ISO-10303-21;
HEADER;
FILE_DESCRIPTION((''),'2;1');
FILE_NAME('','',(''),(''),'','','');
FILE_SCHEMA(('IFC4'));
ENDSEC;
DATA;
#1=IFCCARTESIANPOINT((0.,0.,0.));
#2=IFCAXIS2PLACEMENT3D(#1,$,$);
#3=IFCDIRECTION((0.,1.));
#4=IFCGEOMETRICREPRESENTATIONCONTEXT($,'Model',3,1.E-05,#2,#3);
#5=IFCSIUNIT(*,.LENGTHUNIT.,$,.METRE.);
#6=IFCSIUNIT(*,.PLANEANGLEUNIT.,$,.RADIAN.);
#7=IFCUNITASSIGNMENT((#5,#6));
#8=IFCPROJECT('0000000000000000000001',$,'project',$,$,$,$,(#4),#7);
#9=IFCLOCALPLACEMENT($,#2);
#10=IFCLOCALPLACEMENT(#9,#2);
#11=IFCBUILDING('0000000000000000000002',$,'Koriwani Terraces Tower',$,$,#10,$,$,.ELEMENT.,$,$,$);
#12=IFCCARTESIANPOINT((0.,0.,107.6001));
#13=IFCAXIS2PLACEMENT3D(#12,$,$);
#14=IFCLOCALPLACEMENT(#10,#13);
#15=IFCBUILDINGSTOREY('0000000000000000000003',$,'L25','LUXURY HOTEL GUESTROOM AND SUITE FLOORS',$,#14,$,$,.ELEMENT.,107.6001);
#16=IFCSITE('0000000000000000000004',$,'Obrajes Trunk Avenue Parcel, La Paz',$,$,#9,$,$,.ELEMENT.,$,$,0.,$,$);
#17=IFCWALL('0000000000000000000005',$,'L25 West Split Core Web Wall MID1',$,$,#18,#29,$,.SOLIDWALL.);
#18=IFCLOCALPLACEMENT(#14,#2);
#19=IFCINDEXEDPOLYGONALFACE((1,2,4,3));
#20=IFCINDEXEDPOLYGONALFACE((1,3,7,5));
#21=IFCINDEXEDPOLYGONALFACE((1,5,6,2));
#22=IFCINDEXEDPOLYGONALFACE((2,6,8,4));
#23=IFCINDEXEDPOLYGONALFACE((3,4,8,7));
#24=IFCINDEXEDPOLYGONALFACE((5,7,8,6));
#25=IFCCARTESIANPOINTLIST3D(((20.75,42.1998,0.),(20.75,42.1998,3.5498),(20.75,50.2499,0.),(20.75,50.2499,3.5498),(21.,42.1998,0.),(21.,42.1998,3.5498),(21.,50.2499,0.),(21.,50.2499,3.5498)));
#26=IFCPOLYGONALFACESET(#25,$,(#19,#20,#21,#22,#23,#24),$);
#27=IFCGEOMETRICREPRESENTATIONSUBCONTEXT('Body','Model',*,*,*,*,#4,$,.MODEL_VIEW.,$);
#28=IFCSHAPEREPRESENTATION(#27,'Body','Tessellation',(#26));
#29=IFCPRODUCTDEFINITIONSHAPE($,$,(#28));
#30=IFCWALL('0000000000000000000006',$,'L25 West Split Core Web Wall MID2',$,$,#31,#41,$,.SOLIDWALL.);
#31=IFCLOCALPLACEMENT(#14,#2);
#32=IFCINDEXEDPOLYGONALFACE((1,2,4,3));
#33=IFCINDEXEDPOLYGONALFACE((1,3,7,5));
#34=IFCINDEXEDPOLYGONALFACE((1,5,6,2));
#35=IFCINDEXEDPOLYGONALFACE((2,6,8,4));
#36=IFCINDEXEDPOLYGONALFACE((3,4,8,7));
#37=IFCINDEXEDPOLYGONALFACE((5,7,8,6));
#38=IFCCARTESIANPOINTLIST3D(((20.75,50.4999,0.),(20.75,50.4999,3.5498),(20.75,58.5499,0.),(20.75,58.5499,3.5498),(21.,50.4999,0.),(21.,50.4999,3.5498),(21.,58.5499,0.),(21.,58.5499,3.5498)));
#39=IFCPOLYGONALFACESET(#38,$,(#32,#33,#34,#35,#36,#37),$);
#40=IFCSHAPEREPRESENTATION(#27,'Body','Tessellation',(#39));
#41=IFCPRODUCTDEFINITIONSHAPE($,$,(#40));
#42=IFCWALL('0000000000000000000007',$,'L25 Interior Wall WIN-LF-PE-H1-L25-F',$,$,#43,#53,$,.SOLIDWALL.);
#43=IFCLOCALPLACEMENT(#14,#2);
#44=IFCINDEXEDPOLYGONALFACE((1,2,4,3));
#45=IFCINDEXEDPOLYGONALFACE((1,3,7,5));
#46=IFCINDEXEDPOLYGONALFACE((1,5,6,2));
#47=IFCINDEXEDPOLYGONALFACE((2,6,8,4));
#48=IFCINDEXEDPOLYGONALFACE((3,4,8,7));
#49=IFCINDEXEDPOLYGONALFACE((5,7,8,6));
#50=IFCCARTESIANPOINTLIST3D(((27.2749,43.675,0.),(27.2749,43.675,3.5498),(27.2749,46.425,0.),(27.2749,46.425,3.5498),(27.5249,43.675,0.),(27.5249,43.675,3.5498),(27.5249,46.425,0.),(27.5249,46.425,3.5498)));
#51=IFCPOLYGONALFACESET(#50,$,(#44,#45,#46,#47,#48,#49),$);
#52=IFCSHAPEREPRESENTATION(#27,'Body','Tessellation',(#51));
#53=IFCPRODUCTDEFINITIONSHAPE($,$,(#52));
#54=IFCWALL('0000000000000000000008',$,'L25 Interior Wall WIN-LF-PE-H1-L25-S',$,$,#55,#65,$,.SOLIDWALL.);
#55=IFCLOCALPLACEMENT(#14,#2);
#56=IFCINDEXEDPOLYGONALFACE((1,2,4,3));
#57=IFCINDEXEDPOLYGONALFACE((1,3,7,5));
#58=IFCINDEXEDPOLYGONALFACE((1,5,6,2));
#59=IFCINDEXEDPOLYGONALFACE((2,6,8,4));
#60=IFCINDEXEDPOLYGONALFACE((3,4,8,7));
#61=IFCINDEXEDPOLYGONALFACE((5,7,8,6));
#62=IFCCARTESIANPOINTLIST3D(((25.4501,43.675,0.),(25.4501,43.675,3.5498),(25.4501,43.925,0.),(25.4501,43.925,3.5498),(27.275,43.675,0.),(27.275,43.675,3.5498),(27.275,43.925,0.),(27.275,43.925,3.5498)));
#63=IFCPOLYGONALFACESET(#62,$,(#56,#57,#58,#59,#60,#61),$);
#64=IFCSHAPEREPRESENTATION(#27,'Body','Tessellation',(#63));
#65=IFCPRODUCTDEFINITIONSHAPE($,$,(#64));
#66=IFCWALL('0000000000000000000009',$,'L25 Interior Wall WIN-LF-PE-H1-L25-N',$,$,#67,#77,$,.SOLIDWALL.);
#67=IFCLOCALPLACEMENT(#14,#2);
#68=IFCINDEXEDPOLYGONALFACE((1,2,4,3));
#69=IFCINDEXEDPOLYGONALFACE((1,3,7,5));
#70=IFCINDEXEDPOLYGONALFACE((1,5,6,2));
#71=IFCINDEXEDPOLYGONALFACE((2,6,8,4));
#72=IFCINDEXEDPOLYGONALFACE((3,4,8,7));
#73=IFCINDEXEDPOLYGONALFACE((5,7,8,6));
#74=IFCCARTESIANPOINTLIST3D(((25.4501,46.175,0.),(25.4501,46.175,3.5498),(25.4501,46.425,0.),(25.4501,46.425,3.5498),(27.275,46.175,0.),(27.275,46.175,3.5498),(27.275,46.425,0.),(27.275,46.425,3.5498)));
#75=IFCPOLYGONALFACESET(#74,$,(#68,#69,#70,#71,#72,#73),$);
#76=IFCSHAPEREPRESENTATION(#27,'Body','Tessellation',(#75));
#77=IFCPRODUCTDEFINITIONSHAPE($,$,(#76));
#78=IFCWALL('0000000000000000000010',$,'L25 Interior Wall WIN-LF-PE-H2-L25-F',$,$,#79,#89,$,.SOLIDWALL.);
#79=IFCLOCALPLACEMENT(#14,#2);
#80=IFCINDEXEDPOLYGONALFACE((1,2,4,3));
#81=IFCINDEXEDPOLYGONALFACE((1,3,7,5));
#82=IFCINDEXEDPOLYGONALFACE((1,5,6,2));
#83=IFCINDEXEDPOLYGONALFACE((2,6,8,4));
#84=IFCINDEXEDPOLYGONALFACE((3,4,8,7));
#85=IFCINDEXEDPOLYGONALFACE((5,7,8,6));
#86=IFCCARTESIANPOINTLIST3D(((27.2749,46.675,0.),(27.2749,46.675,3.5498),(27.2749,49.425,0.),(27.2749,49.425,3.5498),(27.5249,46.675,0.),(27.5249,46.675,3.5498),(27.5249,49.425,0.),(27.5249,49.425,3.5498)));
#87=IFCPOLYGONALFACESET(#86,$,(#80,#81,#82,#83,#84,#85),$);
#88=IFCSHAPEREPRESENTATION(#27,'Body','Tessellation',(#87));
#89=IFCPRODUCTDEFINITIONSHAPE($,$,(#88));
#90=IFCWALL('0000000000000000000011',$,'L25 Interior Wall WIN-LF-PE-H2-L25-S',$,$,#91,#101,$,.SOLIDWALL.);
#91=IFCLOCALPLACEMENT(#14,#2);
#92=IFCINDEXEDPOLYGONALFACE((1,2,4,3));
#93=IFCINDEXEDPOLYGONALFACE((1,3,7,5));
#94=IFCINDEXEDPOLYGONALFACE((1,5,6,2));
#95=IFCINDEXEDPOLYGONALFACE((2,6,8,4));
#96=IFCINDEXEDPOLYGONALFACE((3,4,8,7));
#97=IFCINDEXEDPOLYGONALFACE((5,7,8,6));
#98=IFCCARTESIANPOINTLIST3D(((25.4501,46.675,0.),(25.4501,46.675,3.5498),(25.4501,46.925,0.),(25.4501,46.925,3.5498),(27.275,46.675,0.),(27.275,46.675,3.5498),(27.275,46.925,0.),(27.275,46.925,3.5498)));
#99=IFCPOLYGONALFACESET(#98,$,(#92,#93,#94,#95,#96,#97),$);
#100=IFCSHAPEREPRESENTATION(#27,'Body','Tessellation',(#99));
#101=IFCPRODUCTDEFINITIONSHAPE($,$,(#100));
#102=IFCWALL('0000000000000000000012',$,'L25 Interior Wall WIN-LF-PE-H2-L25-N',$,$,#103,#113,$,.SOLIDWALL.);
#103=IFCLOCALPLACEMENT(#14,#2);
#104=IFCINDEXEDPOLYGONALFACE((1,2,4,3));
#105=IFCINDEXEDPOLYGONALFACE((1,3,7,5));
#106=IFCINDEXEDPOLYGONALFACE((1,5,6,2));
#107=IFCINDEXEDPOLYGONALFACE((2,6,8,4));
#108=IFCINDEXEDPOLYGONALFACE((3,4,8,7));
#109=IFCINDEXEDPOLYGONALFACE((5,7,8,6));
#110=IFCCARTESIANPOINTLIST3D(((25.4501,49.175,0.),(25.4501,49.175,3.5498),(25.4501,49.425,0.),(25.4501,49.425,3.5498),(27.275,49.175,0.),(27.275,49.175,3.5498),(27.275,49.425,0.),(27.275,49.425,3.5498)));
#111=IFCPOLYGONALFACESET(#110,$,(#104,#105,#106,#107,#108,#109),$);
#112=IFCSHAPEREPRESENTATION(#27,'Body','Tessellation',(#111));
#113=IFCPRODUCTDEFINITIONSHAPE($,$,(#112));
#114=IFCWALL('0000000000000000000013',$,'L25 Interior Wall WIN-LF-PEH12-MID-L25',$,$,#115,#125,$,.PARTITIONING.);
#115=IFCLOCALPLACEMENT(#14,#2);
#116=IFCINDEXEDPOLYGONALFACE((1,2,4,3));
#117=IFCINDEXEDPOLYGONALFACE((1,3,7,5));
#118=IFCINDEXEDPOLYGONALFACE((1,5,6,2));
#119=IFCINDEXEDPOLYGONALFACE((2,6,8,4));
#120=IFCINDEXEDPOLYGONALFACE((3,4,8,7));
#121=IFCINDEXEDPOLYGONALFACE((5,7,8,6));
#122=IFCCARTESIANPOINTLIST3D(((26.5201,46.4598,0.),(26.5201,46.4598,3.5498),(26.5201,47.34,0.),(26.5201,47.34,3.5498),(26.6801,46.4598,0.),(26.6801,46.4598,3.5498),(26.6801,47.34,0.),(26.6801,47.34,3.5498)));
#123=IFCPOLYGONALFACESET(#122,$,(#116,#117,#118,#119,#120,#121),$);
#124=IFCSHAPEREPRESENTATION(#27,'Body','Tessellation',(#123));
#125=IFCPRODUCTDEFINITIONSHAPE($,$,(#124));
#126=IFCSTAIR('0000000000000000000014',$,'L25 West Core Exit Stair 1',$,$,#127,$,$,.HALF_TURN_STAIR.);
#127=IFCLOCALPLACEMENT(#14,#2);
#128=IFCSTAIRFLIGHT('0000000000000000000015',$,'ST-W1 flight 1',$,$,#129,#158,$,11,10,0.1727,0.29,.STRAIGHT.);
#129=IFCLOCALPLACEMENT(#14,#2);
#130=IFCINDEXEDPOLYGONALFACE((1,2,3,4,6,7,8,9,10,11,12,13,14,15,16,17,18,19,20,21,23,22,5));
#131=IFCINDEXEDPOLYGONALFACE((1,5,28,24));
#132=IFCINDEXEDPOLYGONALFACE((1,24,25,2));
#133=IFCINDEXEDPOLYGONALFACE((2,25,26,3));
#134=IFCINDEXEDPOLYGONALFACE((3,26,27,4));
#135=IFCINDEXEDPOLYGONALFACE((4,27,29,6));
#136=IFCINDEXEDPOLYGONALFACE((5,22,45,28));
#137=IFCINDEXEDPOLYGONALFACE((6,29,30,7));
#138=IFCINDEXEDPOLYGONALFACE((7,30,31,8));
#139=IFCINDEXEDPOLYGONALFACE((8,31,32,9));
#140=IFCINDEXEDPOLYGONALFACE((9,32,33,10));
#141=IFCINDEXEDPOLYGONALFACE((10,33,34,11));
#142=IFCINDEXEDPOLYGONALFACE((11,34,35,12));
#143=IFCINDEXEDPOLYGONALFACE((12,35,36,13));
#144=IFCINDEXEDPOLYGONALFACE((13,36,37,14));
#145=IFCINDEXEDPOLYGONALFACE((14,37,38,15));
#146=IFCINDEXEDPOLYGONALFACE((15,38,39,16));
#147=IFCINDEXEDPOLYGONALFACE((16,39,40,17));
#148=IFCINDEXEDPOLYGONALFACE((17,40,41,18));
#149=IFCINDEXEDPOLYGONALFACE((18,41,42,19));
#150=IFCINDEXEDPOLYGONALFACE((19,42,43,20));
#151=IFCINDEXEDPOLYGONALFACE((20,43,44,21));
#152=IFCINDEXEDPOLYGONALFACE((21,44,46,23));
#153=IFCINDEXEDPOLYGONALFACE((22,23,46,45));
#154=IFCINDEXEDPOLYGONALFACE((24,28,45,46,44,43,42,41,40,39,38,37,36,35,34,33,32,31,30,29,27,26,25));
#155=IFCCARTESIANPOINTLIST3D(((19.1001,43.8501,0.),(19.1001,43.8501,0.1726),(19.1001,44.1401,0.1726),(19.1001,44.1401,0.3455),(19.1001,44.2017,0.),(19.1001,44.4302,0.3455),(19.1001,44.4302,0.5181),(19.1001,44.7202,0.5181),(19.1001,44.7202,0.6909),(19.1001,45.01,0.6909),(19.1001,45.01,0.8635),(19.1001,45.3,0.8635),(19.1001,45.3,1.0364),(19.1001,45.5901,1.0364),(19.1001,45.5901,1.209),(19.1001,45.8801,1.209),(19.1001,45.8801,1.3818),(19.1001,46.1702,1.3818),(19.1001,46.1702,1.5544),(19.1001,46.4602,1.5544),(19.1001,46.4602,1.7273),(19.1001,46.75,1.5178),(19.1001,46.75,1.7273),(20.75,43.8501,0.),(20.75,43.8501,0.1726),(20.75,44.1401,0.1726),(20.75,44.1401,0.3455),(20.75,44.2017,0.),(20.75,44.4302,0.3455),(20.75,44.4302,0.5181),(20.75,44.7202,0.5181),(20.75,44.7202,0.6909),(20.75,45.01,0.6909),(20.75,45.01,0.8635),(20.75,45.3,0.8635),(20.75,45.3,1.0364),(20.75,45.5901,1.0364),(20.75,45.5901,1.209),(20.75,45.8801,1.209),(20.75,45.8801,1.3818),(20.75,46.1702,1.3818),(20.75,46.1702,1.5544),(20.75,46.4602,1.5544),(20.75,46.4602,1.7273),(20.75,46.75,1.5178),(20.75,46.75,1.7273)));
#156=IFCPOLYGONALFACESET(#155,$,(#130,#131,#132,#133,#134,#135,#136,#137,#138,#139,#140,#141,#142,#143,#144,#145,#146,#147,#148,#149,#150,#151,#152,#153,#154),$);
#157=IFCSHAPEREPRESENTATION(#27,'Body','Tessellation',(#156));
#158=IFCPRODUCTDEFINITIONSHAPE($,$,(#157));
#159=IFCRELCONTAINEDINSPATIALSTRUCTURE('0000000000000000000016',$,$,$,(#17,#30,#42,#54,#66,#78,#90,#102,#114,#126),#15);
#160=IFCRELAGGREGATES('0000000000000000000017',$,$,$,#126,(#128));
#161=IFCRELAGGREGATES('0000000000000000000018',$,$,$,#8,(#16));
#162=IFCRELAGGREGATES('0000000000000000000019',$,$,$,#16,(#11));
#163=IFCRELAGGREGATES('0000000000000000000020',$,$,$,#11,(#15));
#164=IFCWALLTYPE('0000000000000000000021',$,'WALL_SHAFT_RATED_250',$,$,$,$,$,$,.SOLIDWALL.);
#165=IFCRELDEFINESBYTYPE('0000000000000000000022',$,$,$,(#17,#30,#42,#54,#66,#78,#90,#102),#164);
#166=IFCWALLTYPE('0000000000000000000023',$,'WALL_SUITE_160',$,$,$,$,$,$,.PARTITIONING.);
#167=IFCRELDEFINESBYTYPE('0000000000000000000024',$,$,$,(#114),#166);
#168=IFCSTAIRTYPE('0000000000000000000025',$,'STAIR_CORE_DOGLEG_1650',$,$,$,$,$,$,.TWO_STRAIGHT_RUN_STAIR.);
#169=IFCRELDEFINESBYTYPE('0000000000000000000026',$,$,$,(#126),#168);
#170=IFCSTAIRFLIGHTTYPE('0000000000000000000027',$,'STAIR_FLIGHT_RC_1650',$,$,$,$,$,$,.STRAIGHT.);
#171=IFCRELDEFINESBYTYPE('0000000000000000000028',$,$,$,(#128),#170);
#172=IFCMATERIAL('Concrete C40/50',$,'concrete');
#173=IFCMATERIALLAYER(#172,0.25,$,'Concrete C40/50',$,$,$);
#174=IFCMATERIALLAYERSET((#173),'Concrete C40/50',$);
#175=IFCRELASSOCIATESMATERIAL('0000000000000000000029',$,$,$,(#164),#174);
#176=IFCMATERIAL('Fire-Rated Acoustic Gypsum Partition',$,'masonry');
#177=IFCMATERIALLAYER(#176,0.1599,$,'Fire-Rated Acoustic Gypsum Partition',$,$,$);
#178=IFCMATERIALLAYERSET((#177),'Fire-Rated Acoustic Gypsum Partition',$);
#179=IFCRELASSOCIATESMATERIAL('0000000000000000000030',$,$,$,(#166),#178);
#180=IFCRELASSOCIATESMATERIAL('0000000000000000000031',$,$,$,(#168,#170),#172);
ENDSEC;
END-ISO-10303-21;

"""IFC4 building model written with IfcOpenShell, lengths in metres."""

from ifc_helpers import new_model, si_unit, direction, frame, frame_2d, origin, place, context, subcontext, project, spatial, polyline, rectangle, outline, extrude, material, layer, layer_set, type_object, element, aggregate, save


model = new_model("IFC4")

# Units and contexts
model_context = context("Model", 3, precision=1e-05, world=origin(), true_north=direction((0.0, 1.0)))
body_context = subcontext(model_context, "Body", "Model", "MODEL_VIEW")
ifc_project = project(units=[si_unit("LENGTHUNIT", "METRE"), si_unit("PLANEANGLEUNIT", "RADIAN")], contexts=[model_context])

# Site, building, storey
site_placement = place(None, origin())
site = spatial("IfcSite", under=ifc_project, at=site_placement, Name="Obrajes Trunk Avenue Parcel, La Paz", CompositionType="ELEMENT", RefElevation=0.0)
building_placement = place(site_placement, origin())
building = spatial("IfcBuilding", under=site, at=building_placement, Name="Koriwani Terraces Tower", CompositionType="ELEMENT")
storey_placement = place(building_placement, frame((0.0, 0.0, 107.6001)))
storey = spatial("IfcBuildingStorey", under=building, at=storey_placement, Name="L25", Description="LUXURY HOTEL GUESTROOM AND SUITE FLOORS", CompositionType="ELEMENT", Elevation=107.6001)

# Walls
ifc_material_1 = material(Name="Concrete C40/50", Category="concrete")
ifc_layer_1 = layer(ifc_material_1, 0.25, Name="Concrete C40/50")
ifc_layer_set_1 = layer_set([ifc_layer_1], Name="Concrete C40/50")
wall_type_1 = type_object("IfcWallType", Name="WALL_SHAFT_RATED_250", PredefinedType="SOLIDWALL", material=ifc_layer_set_1)
for number, where, z_axis, x_axis, name in (
    (1, (20.875, 42.2, 0.0), (0.0, 0.0, 1.0), (0.0, 1.0, 0.0), "L25 West Split Core Web Wall MID1"),
    (2, (20.875, 50.5, 0.0), (0.0, 0.0, 1.0), (0.0, 1.0, 0.0), "L25 West Split Core Web Wall MID2"),
):
    element("IfcWall", number, at=place(storey_placement, frame(where, z_axis=z_axis, x_axis=x_axis)), inside=storey, type_object=wall_type_1, Name=name, PredefinedType="SOLIDWALL", context=body_context, shape_type="SweptSolid", body=[
        extrude(rectangle(XDim=8.05, YDim=0.25, at=frame_2d((4.0249, 0.0))), origin(), (0.0, 0.0, 1.0), 3.5498),
    ])

# Walls
wall_1_placement = place(storey_placement, frame((27.3999, 43.675, 0.0), z_axis=(0.0, 0.0, 1.0), x_axis=(0.0, 1.0, 0.0)))
element("IfcWall", 3, at=wall_1_placement, inside=storey, type_object=wall_type_1, Name="L25 Interior Wall WIN-LF-PE-H1-L25-F", PredefinedType="SOLIDWALL", context=body_context, shape_type="SweptSolid", body=[
    extrude(rectangle(XDim=2.75, YDim=0.25, at=frame_2d((1.375, 0.0))), origin(), (0.0, 0.0, 1.0), 3.5498),
])
for number, where, z_axis, x_axis, name in (
    (4, (25.45, 43.8, 0.0), (0.0, 0.0, 1.0), (1.0, 0.0, 0.0), "L25 Interior Wall WIN-LF-PE-H1-L25-S"),
    (5, (25.45, 46.3, 0.0), (0.0, 0.0, 1.0), (1.0, 0.0, 0.0), "L25 Interior Wall WIN-LF-PE-H1-L25-N"),
):
    element("IfcWall", number, at=place(storey_placement, frame(where, z_axis=z_axis, x_axis=x_axis)), inside=storey, type_object=wall_type_1, Name=name, PredefinedType="SOLIDWALL", context=body_context, shape_type="SweptSolid", body=[
        extrude(rectangle(XDim=1.825, YDim=0.25, at=frame_2d((0.9126, 0.0))), origin(), (0.0, 0.0, 1.0), 3.5498),
    ])
wall_2_placement = place(storey_placement, frame((27.3999, 46.675, 0.0), z_axis=(0.0, 0.0, 1.0), x_axis=(0.0, 1.0, 0.0)))
element("IfcWall", 6, at=wall_2_placement, inside=storey, type_object=wall_type_1, Name="L25 Interior Wall WIN-LF-PE-H2-L25-F", PredefinedType="SOLIDWALL", context=body_context, shape_type="SweptSolid", body=[
    extrude(rectangle(XDim=2.75, YDim=0.25, at=frame_2d((1.375, 0.0))), origin(), (0.0, 0.0, 1.0), 3.5498),
])
for number, where, z_axis, x_axis, name in (
    (7, (25.45, 46.8, 0.0), (0.0, 0.0, 1.0), (1.0, 0.0, 0.0), "L25 Interior Wall WIN-LF-PE-H2-L25-S"),
    (8, (25.45, 49.3, 0.0), (0.0, 0.0, 1.0), (1.0, 0.0, 0.0), "L25 Interior Wall WIN-LF-PE-H2-L25-N"),
):
    element("IfcWall", number, at=place(storey_placement, frame(where, z_axis=z_axis, x_axis=x_axis)), inside=storey, type_object=wall_type_1, Name=name, PredefinedType="SOLIDWALL", context=body_context, shape_type="SweptSolid", body=[
        extrude(rectangle(XDim=1.825, YDim=0.25, at=frame_2d((0.9126, 0.0))), origin(), (0.0, 0.0, 1.0), 3.5498),
    ])
ifc_material_2 = material(Name="Fire-Rated Acoustic Gypsum Partition", Category="masonry")
ifc_layer_2 = layer(ifc_material_2, 0.1599, Name="Fire-Rated Acoustic Gypsum Partition")
ifc_layer_set_2 = layer_set([ifc_layer_2], Name="Fire-Rated Acoustic Gypsum Partition")
wall_type_2 = type_object("IfcWallType", Name="WALL_SUITE_160", PredefinedType="PARTITIONING", material=ifc_layer_set_2)
wall_3_placement = place(storey_placement, frame((26.6001, 46.46, 0.0), z_axis=(0.0, 0.0, 1.0), x_axis=(0.0, 1.0, 0.0)))
element("IfcWall", 9, at=wall_3_placement, inside=storey, type_object=wall_type_2, Name="L25 Interior Wall WIN-LF-PEH12-MID-L25", PredefinedType="PARTITIONING", context=body_context, shape_type="SweptSolid", body=[
    extrude(rectangle(XDim=0.8801, YDim=0.1599, at=frame_2d((0.4399, 0.0))), origin(), (0.0, 0.0, 1.0), 3.5498),
])

# Stair, stair flight
stair_type = type_object("IfcStairType", Name="STAIR_CORE_DOGLEG_1650", PredefinedType="TWO_STRAIGHT_RUN_STAIR", material=ifc_material_1)
stair_placement = place(storey_placement, origin())
stair = element("IfcStair", 10, at=stair_placement, inside=storey, type_object=stair_type, Name="L25 West Core Exit Stair 1", PredefinedType="HALF_TURN_STAIR")
stair_flight_type = type_object("IfcStairFlightType", Name="STAIR_FLIGHT_RC_1650", PredefinedType="STRAIGHT", material=ifc_material_1)
stair_flight_placement = place(storey_placement, frame((19.925, 43.8501, 0.0), z_axis=(0.0, 0.0, 1.0), x_axis=(0.0, 1.0, 0.0)))
stair_flight = element("IfcStairFlight", 11, at=stair_flight_placement, type_object=stair_flight_type, Name="ST-W1 flight 1", NumberOfRisers=11, NumberOfTreads=10, PredefinedType="STRAIGHT", RiserHeight=0.1727, TreadLength=0.29, context=body_context, shape_type="SweptSolid", body=[
    extrude(outline(polyline([(0.0, 0.0), (0.0, 0.1726), (0.29, 0.1726), (0.29, 0.3455), (0.5801, 0.3455), (0.5801, 0.5181), (0.8701, 0.5181), (0.8701, 0.6909), (1.1599, 0.6909), (1.1599, 0.8635), (1.45, 0.8635), (1.45, 1.0364), (1.74, 1.0364), (1.74, 1.209), (2.03, 1.209), (2.03, 1.3818), (2.3201, 1.3818), (2.3201, 1.5544), (2.6101, 1.5544), (2.6101, 1.7273), (2.8999, 1.7273), (2.8999, 1.8999), (2.8999, 1.5178), (0.3516, 0.0), (0.0, 0.0)])), frame((0.0, 0.825, 0.0), z_axis=(0.0, -1.0, 0.0), x_axis=(1.0, 0.0, 0.0)), (0.0, 0.0, 1.0), 1.6499),
])
aggregate(stair, [stair_flight])

save(model, "model.ifc")
